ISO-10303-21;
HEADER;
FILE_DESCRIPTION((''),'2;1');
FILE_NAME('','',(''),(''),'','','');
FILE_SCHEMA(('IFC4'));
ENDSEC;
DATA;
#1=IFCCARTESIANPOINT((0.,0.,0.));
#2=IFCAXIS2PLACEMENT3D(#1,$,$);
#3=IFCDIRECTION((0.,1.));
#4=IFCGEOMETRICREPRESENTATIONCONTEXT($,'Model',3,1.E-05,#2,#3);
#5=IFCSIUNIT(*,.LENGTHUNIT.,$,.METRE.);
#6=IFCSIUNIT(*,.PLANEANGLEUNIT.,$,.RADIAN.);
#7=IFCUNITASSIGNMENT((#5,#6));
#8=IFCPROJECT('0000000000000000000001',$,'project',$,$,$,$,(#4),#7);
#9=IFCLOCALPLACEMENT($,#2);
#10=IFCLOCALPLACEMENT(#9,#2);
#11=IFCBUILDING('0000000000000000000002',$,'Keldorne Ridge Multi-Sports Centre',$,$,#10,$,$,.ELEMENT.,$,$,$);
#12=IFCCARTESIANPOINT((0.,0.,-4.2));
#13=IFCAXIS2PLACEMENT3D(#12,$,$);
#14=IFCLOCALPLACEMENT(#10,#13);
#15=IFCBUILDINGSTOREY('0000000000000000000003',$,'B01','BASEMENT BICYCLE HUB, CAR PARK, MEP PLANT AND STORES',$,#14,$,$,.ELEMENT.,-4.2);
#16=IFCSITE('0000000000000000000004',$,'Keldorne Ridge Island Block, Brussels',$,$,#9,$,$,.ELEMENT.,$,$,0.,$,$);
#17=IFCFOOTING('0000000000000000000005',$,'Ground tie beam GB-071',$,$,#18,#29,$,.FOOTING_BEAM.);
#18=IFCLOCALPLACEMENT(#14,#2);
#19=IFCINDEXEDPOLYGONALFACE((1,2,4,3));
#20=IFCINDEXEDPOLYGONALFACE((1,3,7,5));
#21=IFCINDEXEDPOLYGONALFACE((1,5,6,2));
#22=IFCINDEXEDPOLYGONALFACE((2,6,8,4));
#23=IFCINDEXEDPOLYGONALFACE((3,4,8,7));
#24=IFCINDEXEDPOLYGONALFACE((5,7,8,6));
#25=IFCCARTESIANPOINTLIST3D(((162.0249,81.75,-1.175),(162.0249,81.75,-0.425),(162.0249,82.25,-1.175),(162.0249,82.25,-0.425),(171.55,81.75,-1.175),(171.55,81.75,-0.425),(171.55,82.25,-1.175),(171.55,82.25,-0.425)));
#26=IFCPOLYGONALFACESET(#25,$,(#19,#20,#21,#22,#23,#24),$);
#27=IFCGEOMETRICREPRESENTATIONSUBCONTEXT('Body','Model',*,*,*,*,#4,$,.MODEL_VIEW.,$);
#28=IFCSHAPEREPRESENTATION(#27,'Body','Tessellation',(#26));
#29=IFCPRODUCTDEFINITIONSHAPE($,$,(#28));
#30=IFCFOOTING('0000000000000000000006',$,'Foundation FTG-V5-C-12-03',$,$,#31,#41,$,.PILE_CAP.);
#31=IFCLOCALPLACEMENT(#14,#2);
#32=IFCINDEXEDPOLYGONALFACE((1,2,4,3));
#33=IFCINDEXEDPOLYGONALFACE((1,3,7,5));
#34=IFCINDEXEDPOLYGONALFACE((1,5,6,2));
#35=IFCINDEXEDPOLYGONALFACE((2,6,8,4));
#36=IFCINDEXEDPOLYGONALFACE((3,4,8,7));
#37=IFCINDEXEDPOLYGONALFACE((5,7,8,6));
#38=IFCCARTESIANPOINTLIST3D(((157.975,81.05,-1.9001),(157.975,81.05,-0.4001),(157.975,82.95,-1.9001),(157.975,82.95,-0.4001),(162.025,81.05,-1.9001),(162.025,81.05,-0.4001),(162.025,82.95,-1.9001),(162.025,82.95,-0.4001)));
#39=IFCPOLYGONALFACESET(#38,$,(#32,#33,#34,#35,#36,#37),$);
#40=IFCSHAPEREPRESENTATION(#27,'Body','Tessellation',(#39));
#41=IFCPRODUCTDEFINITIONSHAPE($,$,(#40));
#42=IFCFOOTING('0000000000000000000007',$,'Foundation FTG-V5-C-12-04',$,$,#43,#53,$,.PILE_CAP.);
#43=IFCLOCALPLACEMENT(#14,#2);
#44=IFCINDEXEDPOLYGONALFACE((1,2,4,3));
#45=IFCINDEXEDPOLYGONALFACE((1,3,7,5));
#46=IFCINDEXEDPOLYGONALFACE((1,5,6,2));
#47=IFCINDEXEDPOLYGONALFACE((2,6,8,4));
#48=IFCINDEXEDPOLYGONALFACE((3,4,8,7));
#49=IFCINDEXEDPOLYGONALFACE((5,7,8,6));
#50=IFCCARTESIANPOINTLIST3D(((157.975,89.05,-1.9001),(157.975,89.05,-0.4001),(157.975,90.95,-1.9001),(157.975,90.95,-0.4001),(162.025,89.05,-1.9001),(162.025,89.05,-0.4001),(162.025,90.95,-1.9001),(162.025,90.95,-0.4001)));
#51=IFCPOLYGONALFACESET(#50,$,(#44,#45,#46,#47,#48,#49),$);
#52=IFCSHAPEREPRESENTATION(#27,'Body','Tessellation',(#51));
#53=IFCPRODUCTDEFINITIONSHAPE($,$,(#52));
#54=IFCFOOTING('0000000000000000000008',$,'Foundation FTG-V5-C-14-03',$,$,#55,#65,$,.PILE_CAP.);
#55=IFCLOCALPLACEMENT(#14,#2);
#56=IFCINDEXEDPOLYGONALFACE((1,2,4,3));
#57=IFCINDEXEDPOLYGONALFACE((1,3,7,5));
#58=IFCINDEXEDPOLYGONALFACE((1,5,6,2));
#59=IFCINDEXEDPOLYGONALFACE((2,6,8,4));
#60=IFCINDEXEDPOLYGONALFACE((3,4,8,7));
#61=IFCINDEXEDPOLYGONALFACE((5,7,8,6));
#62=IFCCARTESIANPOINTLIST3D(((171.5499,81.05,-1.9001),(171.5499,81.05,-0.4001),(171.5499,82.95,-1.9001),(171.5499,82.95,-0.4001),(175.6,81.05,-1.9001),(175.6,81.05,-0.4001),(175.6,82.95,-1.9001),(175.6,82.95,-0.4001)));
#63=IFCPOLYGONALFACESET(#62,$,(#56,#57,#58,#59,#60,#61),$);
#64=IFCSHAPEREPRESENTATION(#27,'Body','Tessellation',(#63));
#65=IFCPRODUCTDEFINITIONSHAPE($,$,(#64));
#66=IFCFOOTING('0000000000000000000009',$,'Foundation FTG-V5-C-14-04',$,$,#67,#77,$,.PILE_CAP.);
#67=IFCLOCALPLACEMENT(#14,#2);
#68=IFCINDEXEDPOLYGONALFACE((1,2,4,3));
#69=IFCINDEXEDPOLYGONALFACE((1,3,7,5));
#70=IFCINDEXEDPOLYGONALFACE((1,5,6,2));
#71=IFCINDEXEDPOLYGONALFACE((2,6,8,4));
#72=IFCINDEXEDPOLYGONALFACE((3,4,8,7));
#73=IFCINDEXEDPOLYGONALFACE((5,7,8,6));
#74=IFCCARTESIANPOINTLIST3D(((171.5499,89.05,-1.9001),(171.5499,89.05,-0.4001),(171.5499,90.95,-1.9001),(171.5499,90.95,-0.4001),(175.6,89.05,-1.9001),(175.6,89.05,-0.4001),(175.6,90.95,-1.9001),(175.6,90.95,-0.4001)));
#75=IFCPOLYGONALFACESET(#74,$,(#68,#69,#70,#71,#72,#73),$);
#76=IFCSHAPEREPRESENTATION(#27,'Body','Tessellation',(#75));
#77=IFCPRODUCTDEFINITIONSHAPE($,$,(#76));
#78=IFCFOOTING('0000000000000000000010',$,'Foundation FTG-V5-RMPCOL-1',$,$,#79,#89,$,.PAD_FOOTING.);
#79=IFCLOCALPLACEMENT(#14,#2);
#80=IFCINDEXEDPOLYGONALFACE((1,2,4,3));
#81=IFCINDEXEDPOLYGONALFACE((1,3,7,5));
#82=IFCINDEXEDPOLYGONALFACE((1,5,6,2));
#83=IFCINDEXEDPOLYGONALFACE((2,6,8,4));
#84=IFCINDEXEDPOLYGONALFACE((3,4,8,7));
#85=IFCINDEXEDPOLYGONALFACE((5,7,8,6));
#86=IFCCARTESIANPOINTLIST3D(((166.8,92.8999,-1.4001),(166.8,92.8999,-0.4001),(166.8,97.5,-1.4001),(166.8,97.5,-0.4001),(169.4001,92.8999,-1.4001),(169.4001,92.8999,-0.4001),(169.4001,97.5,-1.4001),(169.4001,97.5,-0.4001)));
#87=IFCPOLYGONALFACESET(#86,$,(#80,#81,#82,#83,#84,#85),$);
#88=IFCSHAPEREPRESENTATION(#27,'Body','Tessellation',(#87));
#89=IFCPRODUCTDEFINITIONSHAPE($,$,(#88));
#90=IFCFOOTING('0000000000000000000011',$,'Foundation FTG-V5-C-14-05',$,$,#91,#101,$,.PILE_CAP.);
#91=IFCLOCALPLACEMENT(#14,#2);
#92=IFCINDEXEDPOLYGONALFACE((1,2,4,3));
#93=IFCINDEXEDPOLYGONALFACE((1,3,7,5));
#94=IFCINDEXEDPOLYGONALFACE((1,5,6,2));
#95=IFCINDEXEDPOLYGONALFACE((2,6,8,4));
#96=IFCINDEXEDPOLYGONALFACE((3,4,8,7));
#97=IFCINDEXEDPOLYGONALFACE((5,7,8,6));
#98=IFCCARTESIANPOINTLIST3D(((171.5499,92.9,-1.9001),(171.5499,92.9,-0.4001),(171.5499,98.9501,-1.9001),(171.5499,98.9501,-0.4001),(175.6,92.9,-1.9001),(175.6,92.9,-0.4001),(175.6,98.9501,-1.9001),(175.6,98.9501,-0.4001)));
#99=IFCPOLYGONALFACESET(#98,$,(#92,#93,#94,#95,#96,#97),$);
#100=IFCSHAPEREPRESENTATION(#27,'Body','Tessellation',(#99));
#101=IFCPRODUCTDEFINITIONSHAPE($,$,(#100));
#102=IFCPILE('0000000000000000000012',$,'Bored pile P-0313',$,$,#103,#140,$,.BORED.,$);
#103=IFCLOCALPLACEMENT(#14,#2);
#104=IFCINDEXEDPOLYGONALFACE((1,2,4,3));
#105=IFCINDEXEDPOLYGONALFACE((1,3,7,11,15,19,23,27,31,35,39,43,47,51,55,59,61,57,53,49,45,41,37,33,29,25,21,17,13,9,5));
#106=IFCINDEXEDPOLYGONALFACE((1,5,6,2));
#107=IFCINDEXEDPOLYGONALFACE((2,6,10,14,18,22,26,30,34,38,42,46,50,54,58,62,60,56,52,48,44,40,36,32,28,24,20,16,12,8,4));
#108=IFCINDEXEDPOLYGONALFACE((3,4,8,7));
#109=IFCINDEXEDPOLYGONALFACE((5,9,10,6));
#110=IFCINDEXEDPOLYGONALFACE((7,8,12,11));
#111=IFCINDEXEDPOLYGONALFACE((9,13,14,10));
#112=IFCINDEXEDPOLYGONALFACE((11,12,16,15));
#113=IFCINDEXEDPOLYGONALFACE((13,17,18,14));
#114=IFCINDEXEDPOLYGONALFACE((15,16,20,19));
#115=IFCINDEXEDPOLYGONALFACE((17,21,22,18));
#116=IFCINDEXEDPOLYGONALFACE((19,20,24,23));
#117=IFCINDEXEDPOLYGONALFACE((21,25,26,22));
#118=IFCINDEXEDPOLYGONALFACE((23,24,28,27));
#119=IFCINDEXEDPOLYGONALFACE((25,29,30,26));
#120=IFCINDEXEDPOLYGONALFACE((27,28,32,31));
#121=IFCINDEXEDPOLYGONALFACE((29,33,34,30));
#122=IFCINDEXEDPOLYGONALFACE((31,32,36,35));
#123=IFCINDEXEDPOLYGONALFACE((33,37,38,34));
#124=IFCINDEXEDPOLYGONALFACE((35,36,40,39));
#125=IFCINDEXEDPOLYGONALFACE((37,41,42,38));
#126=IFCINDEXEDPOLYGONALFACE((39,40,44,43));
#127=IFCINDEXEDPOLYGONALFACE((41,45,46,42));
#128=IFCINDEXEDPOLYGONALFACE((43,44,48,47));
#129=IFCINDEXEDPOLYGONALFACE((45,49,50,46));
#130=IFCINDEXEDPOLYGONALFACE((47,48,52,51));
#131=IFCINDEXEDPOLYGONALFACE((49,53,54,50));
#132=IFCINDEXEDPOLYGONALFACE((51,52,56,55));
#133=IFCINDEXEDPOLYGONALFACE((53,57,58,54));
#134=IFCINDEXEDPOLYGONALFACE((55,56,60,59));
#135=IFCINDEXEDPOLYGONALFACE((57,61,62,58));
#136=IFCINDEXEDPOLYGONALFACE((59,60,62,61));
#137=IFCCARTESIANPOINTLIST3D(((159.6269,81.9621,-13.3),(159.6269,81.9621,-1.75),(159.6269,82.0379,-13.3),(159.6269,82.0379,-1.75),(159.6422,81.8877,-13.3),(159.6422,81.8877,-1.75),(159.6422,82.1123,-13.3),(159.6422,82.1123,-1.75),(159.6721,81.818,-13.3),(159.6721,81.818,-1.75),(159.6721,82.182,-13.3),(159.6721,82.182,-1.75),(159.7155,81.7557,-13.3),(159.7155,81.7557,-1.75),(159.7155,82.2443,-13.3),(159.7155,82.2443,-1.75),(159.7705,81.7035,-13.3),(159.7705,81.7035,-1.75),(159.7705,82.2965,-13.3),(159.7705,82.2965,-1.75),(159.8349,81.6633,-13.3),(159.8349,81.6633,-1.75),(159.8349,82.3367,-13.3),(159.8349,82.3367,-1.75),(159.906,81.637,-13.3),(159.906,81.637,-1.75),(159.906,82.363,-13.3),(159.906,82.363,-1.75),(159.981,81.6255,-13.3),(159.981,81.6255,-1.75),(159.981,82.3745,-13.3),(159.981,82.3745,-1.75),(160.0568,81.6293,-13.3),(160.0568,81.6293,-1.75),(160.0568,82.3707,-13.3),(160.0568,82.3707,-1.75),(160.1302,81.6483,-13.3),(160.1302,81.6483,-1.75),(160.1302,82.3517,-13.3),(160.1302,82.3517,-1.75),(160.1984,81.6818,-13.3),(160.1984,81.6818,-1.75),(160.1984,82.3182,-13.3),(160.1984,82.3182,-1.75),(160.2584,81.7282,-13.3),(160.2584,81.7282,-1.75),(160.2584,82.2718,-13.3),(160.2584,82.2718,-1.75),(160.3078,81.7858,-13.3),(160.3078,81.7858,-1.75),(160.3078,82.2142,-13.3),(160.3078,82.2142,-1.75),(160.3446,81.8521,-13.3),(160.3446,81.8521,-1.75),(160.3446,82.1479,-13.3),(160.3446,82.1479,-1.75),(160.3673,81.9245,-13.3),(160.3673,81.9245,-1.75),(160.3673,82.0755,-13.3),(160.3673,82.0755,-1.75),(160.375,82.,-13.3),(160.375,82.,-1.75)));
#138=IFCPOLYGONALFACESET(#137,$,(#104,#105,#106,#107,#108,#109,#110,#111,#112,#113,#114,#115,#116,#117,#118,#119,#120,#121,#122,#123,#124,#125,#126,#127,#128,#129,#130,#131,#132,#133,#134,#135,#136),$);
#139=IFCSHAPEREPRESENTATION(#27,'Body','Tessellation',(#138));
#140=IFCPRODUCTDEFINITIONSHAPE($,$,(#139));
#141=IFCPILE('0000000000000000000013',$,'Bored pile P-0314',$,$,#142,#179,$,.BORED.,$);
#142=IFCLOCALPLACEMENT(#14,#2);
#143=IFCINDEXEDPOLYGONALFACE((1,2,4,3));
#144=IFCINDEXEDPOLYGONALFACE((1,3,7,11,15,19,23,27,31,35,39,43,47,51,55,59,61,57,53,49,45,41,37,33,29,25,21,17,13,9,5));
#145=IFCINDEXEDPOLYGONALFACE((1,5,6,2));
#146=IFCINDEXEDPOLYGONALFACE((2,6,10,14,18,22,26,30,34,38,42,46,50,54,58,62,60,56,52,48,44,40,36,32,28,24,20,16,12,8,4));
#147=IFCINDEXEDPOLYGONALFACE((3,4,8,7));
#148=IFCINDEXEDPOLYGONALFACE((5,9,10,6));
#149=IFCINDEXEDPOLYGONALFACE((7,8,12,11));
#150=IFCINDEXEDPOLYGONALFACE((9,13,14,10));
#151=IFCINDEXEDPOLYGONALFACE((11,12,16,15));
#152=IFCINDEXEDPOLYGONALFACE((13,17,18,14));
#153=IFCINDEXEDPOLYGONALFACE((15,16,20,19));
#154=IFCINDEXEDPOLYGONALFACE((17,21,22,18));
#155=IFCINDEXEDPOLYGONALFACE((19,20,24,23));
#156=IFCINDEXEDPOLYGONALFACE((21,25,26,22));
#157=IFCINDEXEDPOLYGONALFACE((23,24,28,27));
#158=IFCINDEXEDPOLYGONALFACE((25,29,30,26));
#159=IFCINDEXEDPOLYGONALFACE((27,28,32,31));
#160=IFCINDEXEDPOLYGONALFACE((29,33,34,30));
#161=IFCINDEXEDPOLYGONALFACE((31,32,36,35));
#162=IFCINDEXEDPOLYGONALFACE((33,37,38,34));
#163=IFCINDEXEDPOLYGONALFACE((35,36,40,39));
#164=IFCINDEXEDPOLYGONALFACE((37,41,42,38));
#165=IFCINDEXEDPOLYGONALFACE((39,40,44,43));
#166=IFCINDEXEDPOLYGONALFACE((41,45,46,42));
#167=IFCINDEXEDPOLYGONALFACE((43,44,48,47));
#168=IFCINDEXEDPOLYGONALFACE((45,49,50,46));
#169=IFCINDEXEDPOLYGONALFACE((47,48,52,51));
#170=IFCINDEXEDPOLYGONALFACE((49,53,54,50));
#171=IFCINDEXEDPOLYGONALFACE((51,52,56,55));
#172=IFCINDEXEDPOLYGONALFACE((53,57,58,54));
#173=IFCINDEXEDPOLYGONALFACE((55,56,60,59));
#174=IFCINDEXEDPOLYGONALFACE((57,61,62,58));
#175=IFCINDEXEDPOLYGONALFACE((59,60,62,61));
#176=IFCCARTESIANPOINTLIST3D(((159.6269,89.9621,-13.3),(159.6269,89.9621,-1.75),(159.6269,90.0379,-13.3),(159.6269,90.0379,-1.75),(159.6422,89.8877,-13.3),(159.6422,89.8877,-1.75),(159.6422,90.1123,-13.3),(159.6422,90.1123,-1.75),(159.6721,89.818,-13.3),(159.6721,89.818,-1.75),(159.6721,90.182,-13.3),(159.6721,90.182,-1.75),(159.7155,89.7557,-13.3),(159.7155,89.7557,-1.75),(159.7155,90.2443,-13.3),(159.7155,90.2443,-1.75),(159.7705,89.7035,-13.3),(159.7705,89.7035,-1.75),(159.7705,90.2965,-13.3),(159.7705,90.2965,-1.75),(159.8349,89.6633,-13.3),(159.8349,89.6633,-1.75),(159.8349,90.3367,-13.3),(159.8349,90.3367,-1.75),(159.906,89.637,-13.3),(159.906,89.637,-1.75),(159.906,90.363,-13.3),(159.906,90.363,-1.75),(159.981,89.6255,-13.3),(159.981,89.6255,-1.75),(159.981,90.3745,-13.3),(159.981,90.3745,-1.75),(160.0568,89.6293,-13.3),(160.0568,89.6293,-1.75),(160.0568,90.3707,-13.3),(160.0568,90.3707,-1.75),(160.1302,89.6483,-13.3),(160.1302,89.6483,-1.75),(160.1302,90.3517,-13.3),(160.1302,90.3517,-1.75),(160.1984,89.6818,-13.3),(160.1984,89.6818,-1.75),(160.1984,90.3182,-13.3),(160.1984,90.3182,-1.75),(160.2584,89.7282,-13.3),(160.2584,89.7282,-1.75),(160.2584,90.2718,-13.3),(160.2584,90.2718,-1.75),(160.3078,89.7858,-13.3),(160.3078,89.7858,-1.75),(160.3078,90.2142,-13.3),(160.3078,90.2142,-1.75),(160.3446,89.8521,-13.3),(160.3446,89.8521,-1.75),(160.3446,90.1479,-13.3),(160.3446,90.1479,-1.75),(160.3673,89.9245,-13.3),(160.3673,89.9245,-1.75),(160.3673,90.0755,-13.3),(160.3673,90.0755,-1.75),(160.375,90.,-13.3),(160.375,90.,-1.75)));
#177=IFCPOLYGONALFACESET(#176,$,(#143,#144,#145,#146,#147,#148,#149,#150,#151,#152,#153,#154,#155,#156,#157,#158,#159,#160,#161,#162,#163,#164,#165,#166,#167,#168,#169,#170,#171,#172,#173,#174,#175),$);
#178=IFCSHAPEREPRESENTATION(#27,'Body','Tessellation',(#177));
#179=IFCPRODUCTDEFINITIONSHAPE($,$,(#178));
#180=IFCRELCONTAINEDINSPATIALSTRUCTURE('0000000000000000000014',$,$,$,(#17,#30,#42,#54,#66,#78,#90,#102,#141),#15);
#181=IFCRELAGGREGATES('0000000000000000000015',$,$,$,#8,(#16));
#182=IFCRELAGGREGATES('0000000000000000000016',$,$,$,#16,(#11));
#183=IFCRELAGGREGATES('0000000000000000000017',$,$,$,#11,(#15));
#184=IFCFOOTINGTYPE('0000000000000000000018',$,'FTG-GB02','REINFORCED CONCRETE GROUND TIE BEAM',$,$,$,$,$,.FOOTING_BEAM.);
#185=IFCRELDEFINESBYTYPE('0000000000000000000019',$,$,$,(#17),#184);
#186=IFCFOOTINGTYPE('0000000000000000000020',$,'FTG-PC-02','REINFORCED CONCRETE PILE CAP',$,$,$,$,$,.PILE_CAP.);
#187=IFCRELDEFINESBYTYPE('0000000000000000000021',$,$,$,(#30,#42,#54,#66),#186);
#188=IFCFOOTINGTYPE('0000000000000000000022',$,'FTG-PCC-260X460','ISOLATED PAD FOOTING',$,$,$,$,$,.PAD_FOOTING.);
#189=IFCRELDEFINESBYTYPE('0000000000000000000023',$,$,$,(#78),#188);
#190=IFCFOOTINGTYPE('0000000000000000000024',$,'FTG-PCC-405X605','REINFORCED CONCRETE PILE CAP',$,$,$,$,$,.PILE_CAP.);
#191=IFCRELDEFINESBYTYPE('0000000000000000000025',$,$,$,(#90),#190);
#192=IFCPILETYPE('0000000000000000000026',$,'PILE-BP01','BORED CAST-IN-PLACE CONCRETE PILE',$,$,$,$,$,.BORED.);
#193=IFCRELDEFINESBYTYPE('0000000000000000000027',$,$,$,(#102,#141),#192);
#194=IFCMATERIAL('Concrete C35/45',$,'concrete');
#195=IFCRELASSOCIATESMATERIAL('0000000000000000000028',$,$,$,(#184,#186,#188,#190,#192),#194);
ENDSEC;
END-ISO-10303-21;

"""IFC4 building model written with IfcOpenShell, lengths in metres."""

from ifc_helpers import new_model, si_unit, direction, frame, origin, origin_2d, place, context, subcontext, project, spatial, rectangle, circle, extrude, material, material_profile, profile_set, type_object, element, save


model = new_model("IFC4")

# Units and contexts
model_context = context("Model", 3, precision=1e-05, world=origin(), true_north=direction((0.0, 1.0)))
body_context = subcontext(model_context, "Body", "Model", "MODEL_VIEW")
ifc_project = project(units=[si_unit("LENGTHUNIT", "METRE"), si_unit("PLANEANGLEUNIT", "RADIAN")], contexts=[model_context])

# Site, building, storey
site_placement = place(None, origin())
site = spatial("IfcSite", under=ifc_project, at=site_placement, Name="Keldorne Ridge Island Block, Brussels", CompositionType="ELEMENT", RefElevation=0.0)
building_placement = place(site_placement, origin())
building = spatial("IfcBuilding", under=site, at=building_placement, Name="Keldorne Ridge Multi-Sports Centre", CompositionType="ELEMENT")
storey_placement = place(building_placement, frame((0.0, 0.0, -4.2)))
storey = spatial("IfcBuildingStorey", under=building, at=storey_placement, Name="B01", Description="BASEMENT BICYCLE HUB, CAR PARK, MEP PLANT AND STORES", CompositionType="ELEMENT", Elevation=-4.2)

# Footings
ifc_material_1 = material(Name="Concrete C35/45", Category="concrete")
ifc_material_profile_1 = material_profile(ifc_material_1, rectangle(XDim=0.5, YDim=0.75, at=origin_2d()), Name="GB 500x750")
ifc_profile_set_1 = profile_set([ifc_material_profile_1], Name="Concrete C35/45")
footing_type_1 = type_object("IfcFootingType", Name="FTG-GB02", Description="REINFORCED CONCRETE GROUND TIE BEAM", PredefinedType="FOOTING_BEAM", material=ifc_profile_set_1)
footing_1_placement = place(storey_placement, frame((162.0249, 82.0, -0.8), z_axis=(1.0, 0.0, 0.0), x_axis=(0.0, 1.0, 0.0)))
element("IfcFooting", 1, at=footing_1_placement, inside=storey, type_object=footing_type_1, Name="Ground tie beam GB-071", PredefinedType="FOOTING_BEAM", context=body_context, shape_type="SweptSolid", body=[
    extrude(rectangle(XDim=0.5, YDim=0.75, at=origin_2d()), origin(), (0.0, 0.0, 1.0), 9.5251),
])
footing_type_2 = type_object("IfcFootingType", Name="FTG-PC-02", Description="REINFORCED CONCRETE PILE CAP", PredefinedType="PILE_CAP", material=ifc_material_1)
for number, where, z_axis, x_axis, name in (
    (2, (160.0, 82.0, -1.9001), (0.0, 0.0, 1.0), (1.0, 0.0, 0.0), "Foundation FTG-V5-C-12-03"),
    (3, (160.0, 90.0, -1.9001), (0.0, 0.0, 1.0), (1.0, 0.0, 0.0), "Foundation FTG-V5-C-12-04"),
    (4, (173.575, 82.0, -1.9001), (0.0, 0.0, 1.0), (1.0, 0.0, 0.0), "Foundation FTG-V5-C-14-03"),
    (5, (173.575, 90.0, -1.9001), (0.0, 0.0, 1.0), (1.0, 0.0, 0.0), "Foundation FTG-V5-C-14-04"),
):
    element("IfcFooting", number, at=place(storey_placement, frame(where, z_axis=z_axis, x_axis=x_axis)), inside=storey, type_object=footing_type_2, Name=name, PredefinedType="PILE_CAP", context=body_context, shape_type="SweptSolid", body=[
        extrude(rectangle(XDim=4.05, YDim=1.8999, at=origin_2d()), origin(), (0.0, 0.0, 1.0), 1.5),
    ])
footing_type_3 = type_object("IfcFootingType", Name="FTG-PCC-260X460", Description="ISOLATED PAD FOOTING", PredefinedType="PAD_FOOTING", material=ifc_material_1)
footing_2_placement = place(storey_placement, frame((168.1001, 95.2, -1.4001), z_axis=(0.0, 0.0, 1.0), x_axis=(1.0, 0.0, 0.0)))
element("IfcFooting", 6, at=footing_2_placement, inside=storey, type_object=footing_type_3, Name="Foundation FTG-V5-RMPCOL-1", PredefinedType="PAD_FOOTING", context=body_context, shape_type="SweptSolid", body=[
    extrude(rectangle(XDim=2.6001, YDim=4.6001, at=origin_2d()), origin(), (0.0, 0.0, 1.0), 1.0),
])
footing_type_4 = type_object("IfcFootingType", Name="FTG-PCC-405X605", Description="REINFORCED CONCRETE PILE CAP", PredefinedType="PILE_CAP", material=ifc_material_1)
footing_3_placement = place(storey_placement, frame((173.575, 95.925, -1.9001), z_axis=(0.0, 0.0, 1.0), x_axis=(1.0, 0.0, 0.0)))
element("IfcFooting", 7, at=footing_3_placement, inside=storey, type_object=footing_type_4, Name="Foundation FTG-V5-C-14-05", PredefinedType="PILE_CAP", context=body_context, shape_type="SweptSolid", body=[
    extrude(rectangle(XDim=4.05, YDim=6.05, at=origin_2d()), origin(), (0.0, 0.0, 1.0), 1.5),
])

# Piles
ifc_material_profile_2 = material_profile(ifc_material_1, circle(Radius=0.375, at=origin_2d()), Name="BORED PILE D750")
ifc_profile_set_2 = profile_set([ifc_material_profile_2], Name="Concrete C35/45")
pile_type = type_object("IfcPileType", Name="PILE-BP01", Description="BORED CAST-IN-PLACE CONCRETE PILE", PredefinedType="BORED", material=ifc_profile_set_2)
for number, where, z_axis, x_axis, name in (
    (8, (160.0, 82.0, -1.75), (0.0, 0.0, -1.0), (1.0, 0.0, 0.0), "Bored pile P-0313"),
    (9, (160.0, 90.0, -1.75), (0.0, 0.0, -1.0), (1.0, 0.0, 0.0), "Bored pile P-0314"),
):
    element("IfcPile", number, at=place(storey_placement, frame(where, z_axis=z_axis, x_axis=x_axis)), inside=storey, type_object=pile_type, Name=name, PredefinedType="BORED", context=body_context, shape_type="SweptSolid", body=[
        extrude(circle(Radius=0.375, at=origin_2d()), origin(), (0.0, 0.0, 1.0), 11.55),
    ])

save(model, "model.ifc")
